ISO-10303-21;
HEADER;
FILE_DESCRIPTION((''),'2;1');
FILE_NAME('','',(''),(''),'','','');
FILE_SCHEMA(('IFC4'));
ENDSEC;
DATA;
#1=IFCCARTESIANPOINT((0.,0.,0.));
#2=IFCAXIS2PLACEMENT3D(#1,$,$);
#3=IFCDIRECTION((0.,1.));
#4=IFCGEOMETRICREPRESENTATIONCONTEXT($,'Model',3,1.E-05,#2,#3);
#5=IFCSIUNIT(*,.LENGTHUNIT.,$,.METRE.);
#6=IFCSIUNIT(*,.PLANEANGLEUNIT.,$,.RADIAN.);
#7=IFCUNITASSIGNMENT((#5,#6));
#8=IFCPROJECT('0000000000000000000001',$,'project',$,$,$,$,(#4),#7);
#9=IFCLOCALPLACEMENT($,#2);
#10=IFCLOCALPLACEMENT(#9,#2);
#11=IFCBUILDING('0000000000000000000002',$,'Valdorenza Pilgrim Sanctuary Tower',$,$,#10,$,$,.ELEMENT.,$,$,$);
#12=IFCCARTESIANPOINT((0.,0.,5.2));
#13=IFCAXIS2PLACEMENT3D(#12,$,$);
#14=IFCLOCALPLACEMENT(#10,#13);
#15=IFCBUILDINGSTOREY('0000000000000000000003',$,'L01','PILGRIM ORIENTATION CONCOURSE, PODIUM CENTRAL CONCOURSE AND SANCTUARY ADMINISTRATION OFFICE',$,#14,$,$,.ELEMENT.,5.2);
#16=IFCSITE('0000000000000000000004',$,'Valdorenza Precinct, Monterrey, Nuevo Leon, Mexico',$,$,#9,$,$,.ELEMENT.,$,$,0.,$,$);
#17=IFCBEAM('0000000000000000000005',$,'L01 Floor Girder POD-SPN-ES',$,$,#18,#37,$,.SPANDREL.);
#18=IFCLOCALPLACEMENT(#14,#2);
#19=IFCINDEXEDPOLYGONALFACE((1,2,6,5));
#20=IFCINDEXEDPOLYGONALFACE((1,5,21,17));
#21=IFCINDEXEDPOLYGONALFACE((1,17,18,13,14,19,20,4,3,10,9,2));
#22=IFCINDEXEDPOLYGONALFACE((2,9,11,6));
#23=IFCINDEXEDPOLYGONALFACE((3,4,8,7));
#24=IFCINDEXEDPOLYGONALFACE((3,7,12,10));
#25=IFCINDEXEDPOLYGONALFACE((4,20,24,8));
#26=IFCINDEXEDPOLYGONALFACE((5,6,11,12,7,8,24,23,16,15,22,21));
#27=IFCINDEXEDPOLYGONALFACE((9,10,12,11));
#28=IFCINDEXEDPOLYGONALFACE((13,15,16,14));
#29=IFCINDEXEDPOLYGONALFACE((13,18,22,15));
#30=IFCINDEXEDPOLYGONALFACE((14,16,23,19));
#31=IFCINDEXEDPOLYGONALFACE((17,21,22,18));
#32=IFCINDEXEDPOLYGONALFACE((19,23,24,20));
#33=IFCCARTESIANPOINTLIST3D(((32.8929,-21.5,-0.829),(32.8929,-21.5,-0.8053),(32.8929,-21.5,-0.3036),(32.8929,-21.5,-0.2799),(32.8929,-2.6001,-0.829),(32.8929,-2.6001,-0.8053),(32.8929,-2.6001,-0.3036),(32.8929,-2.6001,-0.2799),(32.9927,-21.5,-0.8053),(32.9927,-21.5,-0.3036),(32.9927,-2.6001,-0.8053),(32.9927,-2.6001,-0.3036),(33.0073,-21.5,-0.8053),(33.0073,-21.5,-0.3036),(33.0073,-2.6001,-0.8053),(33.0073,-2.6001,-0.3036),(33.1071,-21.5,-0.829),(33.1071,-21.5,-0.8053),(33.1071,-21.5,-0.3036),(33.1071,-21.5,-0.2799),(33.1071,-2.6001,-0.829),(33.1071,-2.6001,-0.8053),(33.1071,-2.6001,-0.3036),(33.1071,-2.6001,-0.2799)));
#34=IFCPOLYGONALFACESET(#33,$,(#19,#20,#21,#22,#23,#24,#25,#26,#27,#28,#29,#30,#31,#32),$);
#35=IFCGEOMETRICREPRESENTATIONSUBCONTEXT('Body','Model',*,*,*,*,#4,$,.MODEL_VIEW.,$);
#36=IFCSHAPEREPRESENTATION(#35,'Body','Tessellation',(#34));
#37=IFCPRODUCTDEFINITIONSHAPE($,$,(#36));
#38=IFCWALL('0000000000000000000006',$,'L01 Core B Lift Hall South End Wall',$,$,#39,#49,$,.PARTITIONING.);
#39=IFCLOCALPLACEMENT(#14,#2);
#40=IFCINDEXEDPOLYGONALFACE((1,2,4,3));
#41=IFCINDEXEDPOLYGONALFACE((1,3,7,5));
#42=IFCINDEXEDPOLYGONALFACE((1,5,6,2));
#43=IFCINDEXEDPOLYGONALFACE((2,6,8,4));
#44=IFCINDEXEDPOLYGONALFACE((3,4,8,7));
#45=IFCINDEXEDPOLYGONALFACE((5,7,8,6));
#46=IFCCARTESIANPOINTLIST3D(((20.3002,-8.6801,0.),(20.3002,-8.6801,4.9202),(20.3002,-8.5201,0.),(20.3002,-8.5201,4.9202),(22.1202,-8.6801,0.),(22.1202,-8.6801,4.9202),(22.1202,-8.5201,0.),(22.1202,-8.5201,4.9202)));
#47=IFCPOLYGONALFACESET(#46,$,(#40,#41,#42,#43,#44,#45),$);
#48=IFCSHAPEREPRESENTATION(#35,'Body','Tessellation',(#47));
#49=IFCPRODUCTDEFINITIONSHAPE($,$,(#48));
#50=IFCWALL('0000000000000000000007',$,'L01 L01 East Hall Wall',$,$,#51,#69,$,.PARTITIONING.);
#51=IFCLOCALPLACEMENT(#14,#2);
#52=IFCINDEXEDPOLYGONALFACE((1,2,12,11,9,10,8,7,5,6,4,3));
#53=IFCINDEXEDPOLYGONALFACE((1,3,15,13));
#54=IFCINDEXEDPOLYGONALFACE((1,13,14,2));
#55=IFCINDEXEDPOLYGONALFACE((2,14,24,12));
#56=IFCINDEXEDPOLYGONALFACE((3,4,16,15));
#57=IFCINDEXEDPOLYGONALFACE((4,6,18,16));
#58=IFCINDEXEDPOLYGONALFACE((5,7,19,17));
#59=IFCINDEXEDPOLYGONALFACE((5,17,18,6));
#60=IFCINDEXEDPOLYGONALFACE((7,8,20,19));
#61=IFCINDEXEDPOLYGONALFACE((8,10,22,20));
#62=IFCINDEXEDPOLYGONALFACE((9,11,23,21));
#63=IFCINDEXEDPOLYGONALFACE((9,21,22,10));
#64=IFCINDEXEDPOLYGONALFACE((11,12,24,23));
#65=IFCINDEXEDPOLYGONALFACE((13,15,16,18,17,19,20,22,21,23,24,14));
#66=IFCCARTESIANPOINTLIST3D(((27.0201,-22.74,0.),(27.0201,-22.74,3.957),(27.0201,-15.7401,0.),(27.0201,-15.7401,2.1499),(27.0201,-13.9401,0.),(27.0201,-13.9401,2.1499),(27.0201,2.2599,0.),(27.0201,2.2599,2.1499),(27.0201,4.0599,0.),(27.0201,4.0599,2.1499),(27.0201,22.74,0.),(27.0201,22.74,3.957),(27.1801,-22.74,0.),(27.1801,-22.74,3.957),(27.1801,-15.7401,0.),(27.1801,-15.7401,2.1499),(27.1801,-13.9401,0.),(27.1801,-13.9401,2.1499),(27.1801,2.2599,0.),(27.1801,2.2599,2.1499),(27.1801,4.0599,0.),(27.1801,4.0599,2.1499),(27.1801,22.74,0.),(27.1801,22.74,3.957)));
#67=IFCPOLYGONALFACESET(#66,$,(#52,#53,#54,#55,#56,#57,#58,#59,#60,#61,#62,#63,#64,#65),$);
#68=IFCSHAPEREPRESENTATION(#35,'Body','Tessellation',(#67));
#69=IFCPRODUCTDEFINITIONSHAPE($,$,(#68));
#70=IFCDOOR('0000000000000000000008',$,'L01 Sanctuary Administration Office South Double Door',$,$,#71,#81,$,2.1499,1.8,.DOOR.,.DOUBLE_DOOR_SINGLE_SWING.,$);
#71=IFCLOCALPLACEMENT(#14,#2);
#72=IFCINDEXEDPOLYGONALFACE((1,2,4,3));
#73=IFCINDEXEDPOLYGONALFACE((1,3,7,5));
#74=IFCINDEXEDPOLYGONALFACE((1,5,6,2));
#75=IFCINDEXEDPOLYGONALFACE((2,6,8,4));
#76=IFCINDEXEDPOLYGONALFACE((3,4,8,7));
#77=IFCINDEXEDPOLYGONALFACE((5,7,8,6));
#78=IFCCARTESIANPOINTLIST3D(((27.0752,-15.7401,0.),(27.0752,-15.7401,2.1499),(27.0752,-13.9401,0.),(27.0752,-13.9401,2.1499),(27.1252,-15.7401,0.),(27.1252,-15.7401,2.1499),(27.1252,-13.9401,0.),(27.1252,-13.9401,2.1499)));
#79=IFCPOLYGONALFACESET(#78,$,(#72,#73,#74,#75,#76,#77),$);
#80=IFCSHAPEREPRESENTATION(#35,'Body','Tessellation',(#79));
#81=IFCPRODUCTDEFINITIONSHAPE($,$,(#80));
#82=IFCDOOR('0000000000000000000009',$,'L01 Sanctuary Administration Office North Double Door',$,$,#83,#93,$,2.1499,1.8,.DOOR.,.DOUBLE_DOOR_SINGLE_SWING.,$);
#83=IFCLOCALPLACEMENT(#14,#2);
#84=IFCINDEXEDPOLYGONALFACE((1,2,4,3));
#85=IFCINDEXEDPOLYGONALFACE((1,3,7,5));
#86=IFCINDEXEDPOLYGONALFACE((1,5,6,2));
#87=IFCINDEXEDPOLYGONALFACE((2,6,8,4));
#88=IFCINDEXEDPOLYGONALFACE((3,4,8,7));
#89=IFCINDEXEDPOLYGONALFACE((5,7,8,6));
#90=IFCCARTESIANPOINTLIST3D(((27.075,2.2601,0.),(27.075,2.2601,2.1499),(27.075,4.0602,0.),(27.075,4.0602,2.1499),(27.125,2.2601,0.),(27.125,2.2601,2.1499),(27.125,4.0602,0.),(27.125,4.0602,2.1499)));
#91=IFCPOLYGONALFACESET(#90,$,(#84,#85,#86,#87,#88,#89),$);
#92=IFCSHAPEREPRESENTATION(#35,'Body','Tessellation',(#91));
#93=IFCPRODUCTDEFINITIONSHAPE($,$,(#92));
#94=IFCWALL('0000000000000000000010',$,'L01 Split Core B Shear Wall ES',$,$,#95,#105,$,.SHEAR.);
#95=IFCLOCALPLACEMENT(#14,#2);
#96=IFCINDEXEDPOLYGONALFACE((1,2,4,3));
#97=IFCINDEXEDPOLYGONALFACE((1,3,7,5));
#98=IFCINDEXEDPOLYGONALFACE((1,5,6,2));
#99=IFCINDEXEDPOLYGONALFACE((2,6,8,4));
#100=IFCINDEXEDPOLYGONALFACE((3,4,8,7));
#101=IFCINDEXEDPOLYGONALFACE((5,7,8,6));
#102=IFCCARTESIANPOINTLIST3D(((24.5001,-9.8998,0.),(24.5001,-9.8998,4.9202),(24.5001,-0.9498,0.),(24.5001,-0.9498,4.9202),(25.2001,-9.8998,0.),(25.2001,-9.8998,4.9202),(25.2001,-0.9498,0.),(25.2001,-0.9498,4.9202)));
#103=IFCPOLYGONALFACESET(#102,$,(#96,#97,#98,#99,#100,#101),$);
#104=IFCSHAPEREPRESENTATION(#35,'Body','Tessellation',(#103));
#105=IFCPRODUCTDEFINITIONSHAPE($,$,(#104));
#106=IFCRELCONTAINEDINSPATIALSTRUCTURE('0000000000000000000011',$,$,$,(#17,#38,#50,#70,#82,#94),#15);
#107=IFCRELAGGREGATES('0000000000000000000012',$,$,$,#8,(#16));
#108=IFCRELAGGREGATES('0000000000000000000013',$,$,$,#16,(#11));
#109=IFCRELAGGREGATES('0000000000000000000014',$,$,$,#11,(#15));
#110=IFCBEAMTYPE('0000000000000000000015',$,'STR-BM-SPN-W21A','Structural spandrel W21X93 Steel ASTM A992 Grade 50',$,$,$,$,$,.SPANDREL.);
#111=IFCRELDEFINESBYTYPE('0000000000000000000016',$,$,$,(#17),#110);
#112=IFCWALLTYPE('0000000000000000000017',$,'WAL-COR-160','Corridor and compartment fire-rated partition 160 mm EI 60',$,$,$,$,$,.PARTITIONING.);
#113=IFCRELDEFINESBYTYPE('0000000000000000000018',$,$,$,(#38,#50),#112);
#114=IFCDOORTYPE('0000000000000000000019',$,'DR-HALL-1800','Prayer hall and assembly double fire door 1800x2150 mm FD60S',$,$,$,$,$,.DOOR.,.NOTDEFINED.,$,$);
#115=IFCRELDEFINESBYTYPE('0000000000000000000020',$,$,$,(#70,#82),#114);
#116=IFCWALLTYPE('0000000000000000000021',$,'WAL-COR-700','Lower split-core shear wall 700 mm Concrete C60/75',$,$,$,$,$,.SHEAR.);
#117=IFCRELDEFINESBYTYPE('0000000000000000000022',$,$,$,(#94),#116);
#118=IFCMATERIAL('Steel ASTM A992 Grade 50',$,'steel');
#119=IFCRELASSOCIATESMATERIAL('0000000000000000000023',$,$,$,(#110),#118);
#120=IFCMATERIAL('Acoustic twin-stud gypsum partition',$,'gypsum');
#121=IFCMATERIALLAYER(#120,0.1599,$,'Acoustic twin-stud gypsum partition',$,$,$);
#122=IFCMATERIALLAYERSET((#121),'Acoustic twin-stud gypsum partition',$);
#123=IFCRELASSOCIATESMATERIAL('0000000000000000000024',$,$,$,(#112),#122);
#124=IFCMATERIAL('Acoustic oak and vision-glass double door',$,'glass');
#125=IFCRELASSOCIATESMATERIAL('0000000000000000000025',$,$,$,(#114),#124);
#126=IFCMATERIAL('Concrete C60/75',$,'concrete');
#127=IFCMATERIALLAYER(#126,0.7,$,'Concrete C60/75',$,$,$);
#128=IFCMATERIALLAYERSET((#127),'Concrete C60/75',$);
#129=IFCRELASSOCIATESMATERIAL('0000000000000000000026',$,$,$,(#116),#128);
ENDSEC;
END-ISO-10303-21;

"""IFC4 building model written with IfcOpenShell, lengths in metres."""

from ifc_helpers import new_model, si_unit, direction, frame, frame_2d, origin, origin_2d, place, context, subcontext, project, spatial, rectangle, i_section, extrude, source, transform, mapped, material, layer, layer_set, material_profile, profile_set, type_object, element, fill, save


model = new_model("IFC4")

# Units and contexts
model_context = context("Model", 3, precision=1e-05, world=origin(), true_north=direction((0.0, 1.0)))
body_context = subcontext(model_context, "Body", "Model", "MODEL_VIEW")
ifc_project = project(units=[si_unit("LENGTHUNIT", "METRE"), si_unit("PLANEANGLEUNIT", "RADIAN")], contexts=[model_context])

# Site, building, storey
site_placement = place(None, origin())
site = spatial("IfcSite", under=ifc_project, at=site_placement, Name="Valdorenza Precinct, Monterrey, Nuevo Leon, Mexico", CompositionType="ELEMENT", RefElevation=0.0)
building_placement = place(site_placement, origin())
building = spatial("IfcBuilding", under=site, at=building_placement, Name="Valdorenza Pilgrim Sanctuary Tower", CompositionType="ELEMENT")
storey_placement = place(building_placement, frame((0.0, 0.0, 5.2)))
storey = spatial("IfcBuildingStorey", under=building, at=storey_placement, Name="L01", Description="PILGRIM ORIENTATION CONCOURSE, PODIUM CENTRAL CONCOURSE AND SANCTUARY ADMINISTRATION OFFICE", CompositionType="ELEMENT", Elevation=5.2)

# Shared definitions
ifc_material_1 = material(Name="Concrete C60/75", Category="concrete")

# Beam
ifc_material_2 = material(Name="Steel ASTM A992 Grade 50", Category="steel")
ifc_material_profile_1 = material_profile(ifc_material_2, i_section(OverallWidth=0.2141, OverallDepth=0.5491, WebThickness=0.0146, FlangeThickness=0.0237, at=origin_2d()), Name="W21X93")
ifc_profile_set_1 = profile_set([ifc_material_profile_1], Name="Steel ASTM A992 Grade 50")
beam_type_1 = type_object("IfcBeamType", Name="STR-BM-SPN-W21A", Description="Structural spandrel W21X93 Steel ASTM A992 Grade 50", PredefinedType="SPANDREL", material=ifc_profile_set_1)
shared_shape_1 = source(origin(), body_context, "Body", "SweptSolid", [
    extrude(i_section(OverallWidth=0.2141, OverallDepth=0.5491, WebThickness=0.0146, FlangeThickness=0.0237, at=origin_2d()), origin(), (0.0, 0.0, 1.0), 18.8999),
])
beam_1_placement = place(storey_placement, frame((33.0, -21.5, -0.5544), z_axis=(0.0, 1.0, 0.0), x_axis=(-1.0, 0.0, 0.0)))
element("IfcBeam", 1, at=beam_1_placement, inside=storey, type_object=beam_type_1, Name="L01 Floor Girder POD-SPN-ES", PredefinedType="SPANDREL", context=body_context, shape_type="MappedRepresentation", body=[
    mapped(shared_shape_1, transform((0.0, 0.0, 0.0), x_axis=(1.0, 0.0, 0.0), y_axis=(0.0, 1.0, 0.0), z_axis=(0.0, 0.0, 1.0), scale=1.0)),
])

# Wall
ifc_material_3 = material(Name="Acoustic twin-stud gypsum partition", Category="gypsum")
ifc_layer_1 = layer(ifc_material_3, 0.1599, Name="Acoustic twin-stud gypsum partition")
ifc_layer_set_1 = layer_set([ifc_layer_1], Name="Acoustic twin-stud gypsum partition")
wall_type_1 = type_object("IfcWallType", Name="WAL-COR-160", Description="Corridor and compartment fire-rated partition 160 mm EI 60", PredefinedType="PARTITIONING", material=ifc_layer_set_1)
wall_1_placement = place(storey_placement, frame((20.3, -8.6001, 0.0), z_axis=(0.0, 0.0, 1.0), x_axis=(1.0, 0.0, 0.0)))
element("IfcWall", 2, at=wall_1_placement, inside=storey, type_object=wall_type_1, Name="L01 Core B Lift Hall South End Wall", PredefinedType="PARTITIONING", context=body_context, shape_type="SweptSolid", body=[
    extrude(rectangle(XDim=1.8201, YDim=0.1599, at=frame_2d((0.9102, 0.0))), origin(), (0.0, 0.0, 1.0), 4.9202),
])

# Wall, openings, doors
wall_2_placement = place(storey_placement, frame((27.1001, -22.74, 0.0), z_axis=(0.0, 0.0, 1.0), x_axis=(0.0, 1.0, 0.0)))
wall_2 = element("IfcWall", 3, at=wall_2_placement, inside=storey, type_object=wall_type_1, Name="L01 L01 East Hall Wall", PredefinedType="PARTITIONING", context=body_context, shape_type="SweptSolid", body=[
    extrude(rectangle(XDim=45.48, YDim=0.1599, at=frame_2d((22.74, 0.0))), origin(), (0.0, 0.0, 1.0), 3.957),
])
opening_1_placement = place(wall_2_placement, frame((7.0, 0.0, 0.0)))
opening_1 = element("IfcOpeningElement", 4, at=opening_1_placement, cuts=wall_2, PredefinedType="OPENING", context=body_context, shape_type="SweptSolid", body=[
    extrude(rectangle(XDim=1.8, YDim=2.1499, at=frame_2d((0.8999, 1.075))), frame((0.0, 0.0947, 0.0), z_axis=(0.0, -1.0, 0.0), x_axis=(1.0, 0.0, 0.0)), (0.0, 0.0, 1.0), 0.1897),
])
opening_2_placement = place(wall_2_placement, frame((25.0, 0.0, 0.0)))
opening_2 = element("IfcOpeningElement", 5, at=opening_2_placement, cuts=wall_2, PredefinedType="OPENING", context=body_context, shape_type="SweptSolid", body=[
    extrude(rectangle(XDim=1.8, YDim=2.1499, at=frame_2d((0.8999, 1.075))), frame((0.0, 0.0947, 0.0), z_axis=(0.0, -1.0, 0.0), x_axis=(1.0, 0.0, 0.0)), (0.0, 0.0, 1.0), 0.1897),
])
ifc_material_4 = material(Name="Acoustic oak and vision-glass double door", Category="glass")
door_type_1 = type_object("IfcDoorType", Name="DR-HALL-1800", Description="Prayer hall and assembly double fire door 1800x2150 mm FD60S", OperationType="NOTDEFINED", PredefinedType="DOOR", material=ifc_material_4)
door_1_placement = place(opening_1_placement, origin())
door_1 = element("IfcDoor", 6, at=door_1_placement, inside=storey, type_object=door_type_1, Name="L01 Sanctuary Administration Office South Double Door", OperationType="DOUBLE_DOOR_SINGLE_SWING", OverallHeight=2.1499, OverallWidth=1.8, PredefinedType="DOOR", context=body_context, shape_type="SweptSolid", body=[
    extrude(rectangle(XDim=1.8, YDim=2.1499, at=frame_2d((0.8999, 1.075))), frame((0.0, 0.0249, 0.0), z_axis=(0.0, -1.0, 0.0), x_axis=(1.0, 0.0, 0.0)), (0.0, 0.0, 1.0), 0.05),
])
fill(opening_1, door_1)
door_2_placement = place(opening_2_placement, frame((1.8, 0.0, 0.0), z_axis=(0.0, 0.0, 1.0), x_axis=(-1.0, 0.0, 0.0)))
door_2 = element("IfcDoor", 7, at=door_2_placement, inside=storey, type_object=door_type_1, Name="L01 Sanctuary Administration Office North Double Door", OperationType="DOUBLE_DOOR_SINGLE_SWING", OverallHeight=2.1499, OverallWidth=1.8, PredefinedType="DOOR", context=body_context, shape_type="SweptSolid", body=[
    extrude(rectangle(XDim=1.8, YDim=2.1499, at=frame_2d((0.8999, 1.075))), frame((0.0, 0.0249, 0.0), z_axis=(0.0, -1.0, 0.0), x_axis=(1.0, 0.0, 0.0)), (0.0, 0.0, 1.0), 0.05),
])
fill(opening_2, door_2)

# Wall
ifc_layer_2 = layer(ifc_material_1, 0.7, Name="Concrete C60/75")
ifc_layer_set_2 = layer_set([ifc_layer_2], Name="Concrete C60/75")
wall_type_2 = type_object("IfcWallType", Name="WAL-COR-700", Description="Lower split-core shear wall 700 mm Concrete C60/75", PredefinedType="SHEAR", material=ifc_layer_set_2)
wall_3_placement = place(storey_placement, frame((24.8501, -9.8999, 0.0), z_axis=(0.0, 0.0, 1.0), x_axis=(0.0, 1.0, 0.0)))
element("IfcWall", 8, at=wall_3_placement, inside=storey, type_object=wall_type_2, Name="L01 Split Core B Shear Wall ES", PredefinedType="SHEAR", context=body_context, shape_type="SweptSolid", body=[
    extrude(rectangle(XDim=8.95, YDim=0.7, at=frame_2d((4.4751, 0.0))), origin(), (0.0, 0.0, 1.0), 4.9202),
])

save(model, "model.ifc")
